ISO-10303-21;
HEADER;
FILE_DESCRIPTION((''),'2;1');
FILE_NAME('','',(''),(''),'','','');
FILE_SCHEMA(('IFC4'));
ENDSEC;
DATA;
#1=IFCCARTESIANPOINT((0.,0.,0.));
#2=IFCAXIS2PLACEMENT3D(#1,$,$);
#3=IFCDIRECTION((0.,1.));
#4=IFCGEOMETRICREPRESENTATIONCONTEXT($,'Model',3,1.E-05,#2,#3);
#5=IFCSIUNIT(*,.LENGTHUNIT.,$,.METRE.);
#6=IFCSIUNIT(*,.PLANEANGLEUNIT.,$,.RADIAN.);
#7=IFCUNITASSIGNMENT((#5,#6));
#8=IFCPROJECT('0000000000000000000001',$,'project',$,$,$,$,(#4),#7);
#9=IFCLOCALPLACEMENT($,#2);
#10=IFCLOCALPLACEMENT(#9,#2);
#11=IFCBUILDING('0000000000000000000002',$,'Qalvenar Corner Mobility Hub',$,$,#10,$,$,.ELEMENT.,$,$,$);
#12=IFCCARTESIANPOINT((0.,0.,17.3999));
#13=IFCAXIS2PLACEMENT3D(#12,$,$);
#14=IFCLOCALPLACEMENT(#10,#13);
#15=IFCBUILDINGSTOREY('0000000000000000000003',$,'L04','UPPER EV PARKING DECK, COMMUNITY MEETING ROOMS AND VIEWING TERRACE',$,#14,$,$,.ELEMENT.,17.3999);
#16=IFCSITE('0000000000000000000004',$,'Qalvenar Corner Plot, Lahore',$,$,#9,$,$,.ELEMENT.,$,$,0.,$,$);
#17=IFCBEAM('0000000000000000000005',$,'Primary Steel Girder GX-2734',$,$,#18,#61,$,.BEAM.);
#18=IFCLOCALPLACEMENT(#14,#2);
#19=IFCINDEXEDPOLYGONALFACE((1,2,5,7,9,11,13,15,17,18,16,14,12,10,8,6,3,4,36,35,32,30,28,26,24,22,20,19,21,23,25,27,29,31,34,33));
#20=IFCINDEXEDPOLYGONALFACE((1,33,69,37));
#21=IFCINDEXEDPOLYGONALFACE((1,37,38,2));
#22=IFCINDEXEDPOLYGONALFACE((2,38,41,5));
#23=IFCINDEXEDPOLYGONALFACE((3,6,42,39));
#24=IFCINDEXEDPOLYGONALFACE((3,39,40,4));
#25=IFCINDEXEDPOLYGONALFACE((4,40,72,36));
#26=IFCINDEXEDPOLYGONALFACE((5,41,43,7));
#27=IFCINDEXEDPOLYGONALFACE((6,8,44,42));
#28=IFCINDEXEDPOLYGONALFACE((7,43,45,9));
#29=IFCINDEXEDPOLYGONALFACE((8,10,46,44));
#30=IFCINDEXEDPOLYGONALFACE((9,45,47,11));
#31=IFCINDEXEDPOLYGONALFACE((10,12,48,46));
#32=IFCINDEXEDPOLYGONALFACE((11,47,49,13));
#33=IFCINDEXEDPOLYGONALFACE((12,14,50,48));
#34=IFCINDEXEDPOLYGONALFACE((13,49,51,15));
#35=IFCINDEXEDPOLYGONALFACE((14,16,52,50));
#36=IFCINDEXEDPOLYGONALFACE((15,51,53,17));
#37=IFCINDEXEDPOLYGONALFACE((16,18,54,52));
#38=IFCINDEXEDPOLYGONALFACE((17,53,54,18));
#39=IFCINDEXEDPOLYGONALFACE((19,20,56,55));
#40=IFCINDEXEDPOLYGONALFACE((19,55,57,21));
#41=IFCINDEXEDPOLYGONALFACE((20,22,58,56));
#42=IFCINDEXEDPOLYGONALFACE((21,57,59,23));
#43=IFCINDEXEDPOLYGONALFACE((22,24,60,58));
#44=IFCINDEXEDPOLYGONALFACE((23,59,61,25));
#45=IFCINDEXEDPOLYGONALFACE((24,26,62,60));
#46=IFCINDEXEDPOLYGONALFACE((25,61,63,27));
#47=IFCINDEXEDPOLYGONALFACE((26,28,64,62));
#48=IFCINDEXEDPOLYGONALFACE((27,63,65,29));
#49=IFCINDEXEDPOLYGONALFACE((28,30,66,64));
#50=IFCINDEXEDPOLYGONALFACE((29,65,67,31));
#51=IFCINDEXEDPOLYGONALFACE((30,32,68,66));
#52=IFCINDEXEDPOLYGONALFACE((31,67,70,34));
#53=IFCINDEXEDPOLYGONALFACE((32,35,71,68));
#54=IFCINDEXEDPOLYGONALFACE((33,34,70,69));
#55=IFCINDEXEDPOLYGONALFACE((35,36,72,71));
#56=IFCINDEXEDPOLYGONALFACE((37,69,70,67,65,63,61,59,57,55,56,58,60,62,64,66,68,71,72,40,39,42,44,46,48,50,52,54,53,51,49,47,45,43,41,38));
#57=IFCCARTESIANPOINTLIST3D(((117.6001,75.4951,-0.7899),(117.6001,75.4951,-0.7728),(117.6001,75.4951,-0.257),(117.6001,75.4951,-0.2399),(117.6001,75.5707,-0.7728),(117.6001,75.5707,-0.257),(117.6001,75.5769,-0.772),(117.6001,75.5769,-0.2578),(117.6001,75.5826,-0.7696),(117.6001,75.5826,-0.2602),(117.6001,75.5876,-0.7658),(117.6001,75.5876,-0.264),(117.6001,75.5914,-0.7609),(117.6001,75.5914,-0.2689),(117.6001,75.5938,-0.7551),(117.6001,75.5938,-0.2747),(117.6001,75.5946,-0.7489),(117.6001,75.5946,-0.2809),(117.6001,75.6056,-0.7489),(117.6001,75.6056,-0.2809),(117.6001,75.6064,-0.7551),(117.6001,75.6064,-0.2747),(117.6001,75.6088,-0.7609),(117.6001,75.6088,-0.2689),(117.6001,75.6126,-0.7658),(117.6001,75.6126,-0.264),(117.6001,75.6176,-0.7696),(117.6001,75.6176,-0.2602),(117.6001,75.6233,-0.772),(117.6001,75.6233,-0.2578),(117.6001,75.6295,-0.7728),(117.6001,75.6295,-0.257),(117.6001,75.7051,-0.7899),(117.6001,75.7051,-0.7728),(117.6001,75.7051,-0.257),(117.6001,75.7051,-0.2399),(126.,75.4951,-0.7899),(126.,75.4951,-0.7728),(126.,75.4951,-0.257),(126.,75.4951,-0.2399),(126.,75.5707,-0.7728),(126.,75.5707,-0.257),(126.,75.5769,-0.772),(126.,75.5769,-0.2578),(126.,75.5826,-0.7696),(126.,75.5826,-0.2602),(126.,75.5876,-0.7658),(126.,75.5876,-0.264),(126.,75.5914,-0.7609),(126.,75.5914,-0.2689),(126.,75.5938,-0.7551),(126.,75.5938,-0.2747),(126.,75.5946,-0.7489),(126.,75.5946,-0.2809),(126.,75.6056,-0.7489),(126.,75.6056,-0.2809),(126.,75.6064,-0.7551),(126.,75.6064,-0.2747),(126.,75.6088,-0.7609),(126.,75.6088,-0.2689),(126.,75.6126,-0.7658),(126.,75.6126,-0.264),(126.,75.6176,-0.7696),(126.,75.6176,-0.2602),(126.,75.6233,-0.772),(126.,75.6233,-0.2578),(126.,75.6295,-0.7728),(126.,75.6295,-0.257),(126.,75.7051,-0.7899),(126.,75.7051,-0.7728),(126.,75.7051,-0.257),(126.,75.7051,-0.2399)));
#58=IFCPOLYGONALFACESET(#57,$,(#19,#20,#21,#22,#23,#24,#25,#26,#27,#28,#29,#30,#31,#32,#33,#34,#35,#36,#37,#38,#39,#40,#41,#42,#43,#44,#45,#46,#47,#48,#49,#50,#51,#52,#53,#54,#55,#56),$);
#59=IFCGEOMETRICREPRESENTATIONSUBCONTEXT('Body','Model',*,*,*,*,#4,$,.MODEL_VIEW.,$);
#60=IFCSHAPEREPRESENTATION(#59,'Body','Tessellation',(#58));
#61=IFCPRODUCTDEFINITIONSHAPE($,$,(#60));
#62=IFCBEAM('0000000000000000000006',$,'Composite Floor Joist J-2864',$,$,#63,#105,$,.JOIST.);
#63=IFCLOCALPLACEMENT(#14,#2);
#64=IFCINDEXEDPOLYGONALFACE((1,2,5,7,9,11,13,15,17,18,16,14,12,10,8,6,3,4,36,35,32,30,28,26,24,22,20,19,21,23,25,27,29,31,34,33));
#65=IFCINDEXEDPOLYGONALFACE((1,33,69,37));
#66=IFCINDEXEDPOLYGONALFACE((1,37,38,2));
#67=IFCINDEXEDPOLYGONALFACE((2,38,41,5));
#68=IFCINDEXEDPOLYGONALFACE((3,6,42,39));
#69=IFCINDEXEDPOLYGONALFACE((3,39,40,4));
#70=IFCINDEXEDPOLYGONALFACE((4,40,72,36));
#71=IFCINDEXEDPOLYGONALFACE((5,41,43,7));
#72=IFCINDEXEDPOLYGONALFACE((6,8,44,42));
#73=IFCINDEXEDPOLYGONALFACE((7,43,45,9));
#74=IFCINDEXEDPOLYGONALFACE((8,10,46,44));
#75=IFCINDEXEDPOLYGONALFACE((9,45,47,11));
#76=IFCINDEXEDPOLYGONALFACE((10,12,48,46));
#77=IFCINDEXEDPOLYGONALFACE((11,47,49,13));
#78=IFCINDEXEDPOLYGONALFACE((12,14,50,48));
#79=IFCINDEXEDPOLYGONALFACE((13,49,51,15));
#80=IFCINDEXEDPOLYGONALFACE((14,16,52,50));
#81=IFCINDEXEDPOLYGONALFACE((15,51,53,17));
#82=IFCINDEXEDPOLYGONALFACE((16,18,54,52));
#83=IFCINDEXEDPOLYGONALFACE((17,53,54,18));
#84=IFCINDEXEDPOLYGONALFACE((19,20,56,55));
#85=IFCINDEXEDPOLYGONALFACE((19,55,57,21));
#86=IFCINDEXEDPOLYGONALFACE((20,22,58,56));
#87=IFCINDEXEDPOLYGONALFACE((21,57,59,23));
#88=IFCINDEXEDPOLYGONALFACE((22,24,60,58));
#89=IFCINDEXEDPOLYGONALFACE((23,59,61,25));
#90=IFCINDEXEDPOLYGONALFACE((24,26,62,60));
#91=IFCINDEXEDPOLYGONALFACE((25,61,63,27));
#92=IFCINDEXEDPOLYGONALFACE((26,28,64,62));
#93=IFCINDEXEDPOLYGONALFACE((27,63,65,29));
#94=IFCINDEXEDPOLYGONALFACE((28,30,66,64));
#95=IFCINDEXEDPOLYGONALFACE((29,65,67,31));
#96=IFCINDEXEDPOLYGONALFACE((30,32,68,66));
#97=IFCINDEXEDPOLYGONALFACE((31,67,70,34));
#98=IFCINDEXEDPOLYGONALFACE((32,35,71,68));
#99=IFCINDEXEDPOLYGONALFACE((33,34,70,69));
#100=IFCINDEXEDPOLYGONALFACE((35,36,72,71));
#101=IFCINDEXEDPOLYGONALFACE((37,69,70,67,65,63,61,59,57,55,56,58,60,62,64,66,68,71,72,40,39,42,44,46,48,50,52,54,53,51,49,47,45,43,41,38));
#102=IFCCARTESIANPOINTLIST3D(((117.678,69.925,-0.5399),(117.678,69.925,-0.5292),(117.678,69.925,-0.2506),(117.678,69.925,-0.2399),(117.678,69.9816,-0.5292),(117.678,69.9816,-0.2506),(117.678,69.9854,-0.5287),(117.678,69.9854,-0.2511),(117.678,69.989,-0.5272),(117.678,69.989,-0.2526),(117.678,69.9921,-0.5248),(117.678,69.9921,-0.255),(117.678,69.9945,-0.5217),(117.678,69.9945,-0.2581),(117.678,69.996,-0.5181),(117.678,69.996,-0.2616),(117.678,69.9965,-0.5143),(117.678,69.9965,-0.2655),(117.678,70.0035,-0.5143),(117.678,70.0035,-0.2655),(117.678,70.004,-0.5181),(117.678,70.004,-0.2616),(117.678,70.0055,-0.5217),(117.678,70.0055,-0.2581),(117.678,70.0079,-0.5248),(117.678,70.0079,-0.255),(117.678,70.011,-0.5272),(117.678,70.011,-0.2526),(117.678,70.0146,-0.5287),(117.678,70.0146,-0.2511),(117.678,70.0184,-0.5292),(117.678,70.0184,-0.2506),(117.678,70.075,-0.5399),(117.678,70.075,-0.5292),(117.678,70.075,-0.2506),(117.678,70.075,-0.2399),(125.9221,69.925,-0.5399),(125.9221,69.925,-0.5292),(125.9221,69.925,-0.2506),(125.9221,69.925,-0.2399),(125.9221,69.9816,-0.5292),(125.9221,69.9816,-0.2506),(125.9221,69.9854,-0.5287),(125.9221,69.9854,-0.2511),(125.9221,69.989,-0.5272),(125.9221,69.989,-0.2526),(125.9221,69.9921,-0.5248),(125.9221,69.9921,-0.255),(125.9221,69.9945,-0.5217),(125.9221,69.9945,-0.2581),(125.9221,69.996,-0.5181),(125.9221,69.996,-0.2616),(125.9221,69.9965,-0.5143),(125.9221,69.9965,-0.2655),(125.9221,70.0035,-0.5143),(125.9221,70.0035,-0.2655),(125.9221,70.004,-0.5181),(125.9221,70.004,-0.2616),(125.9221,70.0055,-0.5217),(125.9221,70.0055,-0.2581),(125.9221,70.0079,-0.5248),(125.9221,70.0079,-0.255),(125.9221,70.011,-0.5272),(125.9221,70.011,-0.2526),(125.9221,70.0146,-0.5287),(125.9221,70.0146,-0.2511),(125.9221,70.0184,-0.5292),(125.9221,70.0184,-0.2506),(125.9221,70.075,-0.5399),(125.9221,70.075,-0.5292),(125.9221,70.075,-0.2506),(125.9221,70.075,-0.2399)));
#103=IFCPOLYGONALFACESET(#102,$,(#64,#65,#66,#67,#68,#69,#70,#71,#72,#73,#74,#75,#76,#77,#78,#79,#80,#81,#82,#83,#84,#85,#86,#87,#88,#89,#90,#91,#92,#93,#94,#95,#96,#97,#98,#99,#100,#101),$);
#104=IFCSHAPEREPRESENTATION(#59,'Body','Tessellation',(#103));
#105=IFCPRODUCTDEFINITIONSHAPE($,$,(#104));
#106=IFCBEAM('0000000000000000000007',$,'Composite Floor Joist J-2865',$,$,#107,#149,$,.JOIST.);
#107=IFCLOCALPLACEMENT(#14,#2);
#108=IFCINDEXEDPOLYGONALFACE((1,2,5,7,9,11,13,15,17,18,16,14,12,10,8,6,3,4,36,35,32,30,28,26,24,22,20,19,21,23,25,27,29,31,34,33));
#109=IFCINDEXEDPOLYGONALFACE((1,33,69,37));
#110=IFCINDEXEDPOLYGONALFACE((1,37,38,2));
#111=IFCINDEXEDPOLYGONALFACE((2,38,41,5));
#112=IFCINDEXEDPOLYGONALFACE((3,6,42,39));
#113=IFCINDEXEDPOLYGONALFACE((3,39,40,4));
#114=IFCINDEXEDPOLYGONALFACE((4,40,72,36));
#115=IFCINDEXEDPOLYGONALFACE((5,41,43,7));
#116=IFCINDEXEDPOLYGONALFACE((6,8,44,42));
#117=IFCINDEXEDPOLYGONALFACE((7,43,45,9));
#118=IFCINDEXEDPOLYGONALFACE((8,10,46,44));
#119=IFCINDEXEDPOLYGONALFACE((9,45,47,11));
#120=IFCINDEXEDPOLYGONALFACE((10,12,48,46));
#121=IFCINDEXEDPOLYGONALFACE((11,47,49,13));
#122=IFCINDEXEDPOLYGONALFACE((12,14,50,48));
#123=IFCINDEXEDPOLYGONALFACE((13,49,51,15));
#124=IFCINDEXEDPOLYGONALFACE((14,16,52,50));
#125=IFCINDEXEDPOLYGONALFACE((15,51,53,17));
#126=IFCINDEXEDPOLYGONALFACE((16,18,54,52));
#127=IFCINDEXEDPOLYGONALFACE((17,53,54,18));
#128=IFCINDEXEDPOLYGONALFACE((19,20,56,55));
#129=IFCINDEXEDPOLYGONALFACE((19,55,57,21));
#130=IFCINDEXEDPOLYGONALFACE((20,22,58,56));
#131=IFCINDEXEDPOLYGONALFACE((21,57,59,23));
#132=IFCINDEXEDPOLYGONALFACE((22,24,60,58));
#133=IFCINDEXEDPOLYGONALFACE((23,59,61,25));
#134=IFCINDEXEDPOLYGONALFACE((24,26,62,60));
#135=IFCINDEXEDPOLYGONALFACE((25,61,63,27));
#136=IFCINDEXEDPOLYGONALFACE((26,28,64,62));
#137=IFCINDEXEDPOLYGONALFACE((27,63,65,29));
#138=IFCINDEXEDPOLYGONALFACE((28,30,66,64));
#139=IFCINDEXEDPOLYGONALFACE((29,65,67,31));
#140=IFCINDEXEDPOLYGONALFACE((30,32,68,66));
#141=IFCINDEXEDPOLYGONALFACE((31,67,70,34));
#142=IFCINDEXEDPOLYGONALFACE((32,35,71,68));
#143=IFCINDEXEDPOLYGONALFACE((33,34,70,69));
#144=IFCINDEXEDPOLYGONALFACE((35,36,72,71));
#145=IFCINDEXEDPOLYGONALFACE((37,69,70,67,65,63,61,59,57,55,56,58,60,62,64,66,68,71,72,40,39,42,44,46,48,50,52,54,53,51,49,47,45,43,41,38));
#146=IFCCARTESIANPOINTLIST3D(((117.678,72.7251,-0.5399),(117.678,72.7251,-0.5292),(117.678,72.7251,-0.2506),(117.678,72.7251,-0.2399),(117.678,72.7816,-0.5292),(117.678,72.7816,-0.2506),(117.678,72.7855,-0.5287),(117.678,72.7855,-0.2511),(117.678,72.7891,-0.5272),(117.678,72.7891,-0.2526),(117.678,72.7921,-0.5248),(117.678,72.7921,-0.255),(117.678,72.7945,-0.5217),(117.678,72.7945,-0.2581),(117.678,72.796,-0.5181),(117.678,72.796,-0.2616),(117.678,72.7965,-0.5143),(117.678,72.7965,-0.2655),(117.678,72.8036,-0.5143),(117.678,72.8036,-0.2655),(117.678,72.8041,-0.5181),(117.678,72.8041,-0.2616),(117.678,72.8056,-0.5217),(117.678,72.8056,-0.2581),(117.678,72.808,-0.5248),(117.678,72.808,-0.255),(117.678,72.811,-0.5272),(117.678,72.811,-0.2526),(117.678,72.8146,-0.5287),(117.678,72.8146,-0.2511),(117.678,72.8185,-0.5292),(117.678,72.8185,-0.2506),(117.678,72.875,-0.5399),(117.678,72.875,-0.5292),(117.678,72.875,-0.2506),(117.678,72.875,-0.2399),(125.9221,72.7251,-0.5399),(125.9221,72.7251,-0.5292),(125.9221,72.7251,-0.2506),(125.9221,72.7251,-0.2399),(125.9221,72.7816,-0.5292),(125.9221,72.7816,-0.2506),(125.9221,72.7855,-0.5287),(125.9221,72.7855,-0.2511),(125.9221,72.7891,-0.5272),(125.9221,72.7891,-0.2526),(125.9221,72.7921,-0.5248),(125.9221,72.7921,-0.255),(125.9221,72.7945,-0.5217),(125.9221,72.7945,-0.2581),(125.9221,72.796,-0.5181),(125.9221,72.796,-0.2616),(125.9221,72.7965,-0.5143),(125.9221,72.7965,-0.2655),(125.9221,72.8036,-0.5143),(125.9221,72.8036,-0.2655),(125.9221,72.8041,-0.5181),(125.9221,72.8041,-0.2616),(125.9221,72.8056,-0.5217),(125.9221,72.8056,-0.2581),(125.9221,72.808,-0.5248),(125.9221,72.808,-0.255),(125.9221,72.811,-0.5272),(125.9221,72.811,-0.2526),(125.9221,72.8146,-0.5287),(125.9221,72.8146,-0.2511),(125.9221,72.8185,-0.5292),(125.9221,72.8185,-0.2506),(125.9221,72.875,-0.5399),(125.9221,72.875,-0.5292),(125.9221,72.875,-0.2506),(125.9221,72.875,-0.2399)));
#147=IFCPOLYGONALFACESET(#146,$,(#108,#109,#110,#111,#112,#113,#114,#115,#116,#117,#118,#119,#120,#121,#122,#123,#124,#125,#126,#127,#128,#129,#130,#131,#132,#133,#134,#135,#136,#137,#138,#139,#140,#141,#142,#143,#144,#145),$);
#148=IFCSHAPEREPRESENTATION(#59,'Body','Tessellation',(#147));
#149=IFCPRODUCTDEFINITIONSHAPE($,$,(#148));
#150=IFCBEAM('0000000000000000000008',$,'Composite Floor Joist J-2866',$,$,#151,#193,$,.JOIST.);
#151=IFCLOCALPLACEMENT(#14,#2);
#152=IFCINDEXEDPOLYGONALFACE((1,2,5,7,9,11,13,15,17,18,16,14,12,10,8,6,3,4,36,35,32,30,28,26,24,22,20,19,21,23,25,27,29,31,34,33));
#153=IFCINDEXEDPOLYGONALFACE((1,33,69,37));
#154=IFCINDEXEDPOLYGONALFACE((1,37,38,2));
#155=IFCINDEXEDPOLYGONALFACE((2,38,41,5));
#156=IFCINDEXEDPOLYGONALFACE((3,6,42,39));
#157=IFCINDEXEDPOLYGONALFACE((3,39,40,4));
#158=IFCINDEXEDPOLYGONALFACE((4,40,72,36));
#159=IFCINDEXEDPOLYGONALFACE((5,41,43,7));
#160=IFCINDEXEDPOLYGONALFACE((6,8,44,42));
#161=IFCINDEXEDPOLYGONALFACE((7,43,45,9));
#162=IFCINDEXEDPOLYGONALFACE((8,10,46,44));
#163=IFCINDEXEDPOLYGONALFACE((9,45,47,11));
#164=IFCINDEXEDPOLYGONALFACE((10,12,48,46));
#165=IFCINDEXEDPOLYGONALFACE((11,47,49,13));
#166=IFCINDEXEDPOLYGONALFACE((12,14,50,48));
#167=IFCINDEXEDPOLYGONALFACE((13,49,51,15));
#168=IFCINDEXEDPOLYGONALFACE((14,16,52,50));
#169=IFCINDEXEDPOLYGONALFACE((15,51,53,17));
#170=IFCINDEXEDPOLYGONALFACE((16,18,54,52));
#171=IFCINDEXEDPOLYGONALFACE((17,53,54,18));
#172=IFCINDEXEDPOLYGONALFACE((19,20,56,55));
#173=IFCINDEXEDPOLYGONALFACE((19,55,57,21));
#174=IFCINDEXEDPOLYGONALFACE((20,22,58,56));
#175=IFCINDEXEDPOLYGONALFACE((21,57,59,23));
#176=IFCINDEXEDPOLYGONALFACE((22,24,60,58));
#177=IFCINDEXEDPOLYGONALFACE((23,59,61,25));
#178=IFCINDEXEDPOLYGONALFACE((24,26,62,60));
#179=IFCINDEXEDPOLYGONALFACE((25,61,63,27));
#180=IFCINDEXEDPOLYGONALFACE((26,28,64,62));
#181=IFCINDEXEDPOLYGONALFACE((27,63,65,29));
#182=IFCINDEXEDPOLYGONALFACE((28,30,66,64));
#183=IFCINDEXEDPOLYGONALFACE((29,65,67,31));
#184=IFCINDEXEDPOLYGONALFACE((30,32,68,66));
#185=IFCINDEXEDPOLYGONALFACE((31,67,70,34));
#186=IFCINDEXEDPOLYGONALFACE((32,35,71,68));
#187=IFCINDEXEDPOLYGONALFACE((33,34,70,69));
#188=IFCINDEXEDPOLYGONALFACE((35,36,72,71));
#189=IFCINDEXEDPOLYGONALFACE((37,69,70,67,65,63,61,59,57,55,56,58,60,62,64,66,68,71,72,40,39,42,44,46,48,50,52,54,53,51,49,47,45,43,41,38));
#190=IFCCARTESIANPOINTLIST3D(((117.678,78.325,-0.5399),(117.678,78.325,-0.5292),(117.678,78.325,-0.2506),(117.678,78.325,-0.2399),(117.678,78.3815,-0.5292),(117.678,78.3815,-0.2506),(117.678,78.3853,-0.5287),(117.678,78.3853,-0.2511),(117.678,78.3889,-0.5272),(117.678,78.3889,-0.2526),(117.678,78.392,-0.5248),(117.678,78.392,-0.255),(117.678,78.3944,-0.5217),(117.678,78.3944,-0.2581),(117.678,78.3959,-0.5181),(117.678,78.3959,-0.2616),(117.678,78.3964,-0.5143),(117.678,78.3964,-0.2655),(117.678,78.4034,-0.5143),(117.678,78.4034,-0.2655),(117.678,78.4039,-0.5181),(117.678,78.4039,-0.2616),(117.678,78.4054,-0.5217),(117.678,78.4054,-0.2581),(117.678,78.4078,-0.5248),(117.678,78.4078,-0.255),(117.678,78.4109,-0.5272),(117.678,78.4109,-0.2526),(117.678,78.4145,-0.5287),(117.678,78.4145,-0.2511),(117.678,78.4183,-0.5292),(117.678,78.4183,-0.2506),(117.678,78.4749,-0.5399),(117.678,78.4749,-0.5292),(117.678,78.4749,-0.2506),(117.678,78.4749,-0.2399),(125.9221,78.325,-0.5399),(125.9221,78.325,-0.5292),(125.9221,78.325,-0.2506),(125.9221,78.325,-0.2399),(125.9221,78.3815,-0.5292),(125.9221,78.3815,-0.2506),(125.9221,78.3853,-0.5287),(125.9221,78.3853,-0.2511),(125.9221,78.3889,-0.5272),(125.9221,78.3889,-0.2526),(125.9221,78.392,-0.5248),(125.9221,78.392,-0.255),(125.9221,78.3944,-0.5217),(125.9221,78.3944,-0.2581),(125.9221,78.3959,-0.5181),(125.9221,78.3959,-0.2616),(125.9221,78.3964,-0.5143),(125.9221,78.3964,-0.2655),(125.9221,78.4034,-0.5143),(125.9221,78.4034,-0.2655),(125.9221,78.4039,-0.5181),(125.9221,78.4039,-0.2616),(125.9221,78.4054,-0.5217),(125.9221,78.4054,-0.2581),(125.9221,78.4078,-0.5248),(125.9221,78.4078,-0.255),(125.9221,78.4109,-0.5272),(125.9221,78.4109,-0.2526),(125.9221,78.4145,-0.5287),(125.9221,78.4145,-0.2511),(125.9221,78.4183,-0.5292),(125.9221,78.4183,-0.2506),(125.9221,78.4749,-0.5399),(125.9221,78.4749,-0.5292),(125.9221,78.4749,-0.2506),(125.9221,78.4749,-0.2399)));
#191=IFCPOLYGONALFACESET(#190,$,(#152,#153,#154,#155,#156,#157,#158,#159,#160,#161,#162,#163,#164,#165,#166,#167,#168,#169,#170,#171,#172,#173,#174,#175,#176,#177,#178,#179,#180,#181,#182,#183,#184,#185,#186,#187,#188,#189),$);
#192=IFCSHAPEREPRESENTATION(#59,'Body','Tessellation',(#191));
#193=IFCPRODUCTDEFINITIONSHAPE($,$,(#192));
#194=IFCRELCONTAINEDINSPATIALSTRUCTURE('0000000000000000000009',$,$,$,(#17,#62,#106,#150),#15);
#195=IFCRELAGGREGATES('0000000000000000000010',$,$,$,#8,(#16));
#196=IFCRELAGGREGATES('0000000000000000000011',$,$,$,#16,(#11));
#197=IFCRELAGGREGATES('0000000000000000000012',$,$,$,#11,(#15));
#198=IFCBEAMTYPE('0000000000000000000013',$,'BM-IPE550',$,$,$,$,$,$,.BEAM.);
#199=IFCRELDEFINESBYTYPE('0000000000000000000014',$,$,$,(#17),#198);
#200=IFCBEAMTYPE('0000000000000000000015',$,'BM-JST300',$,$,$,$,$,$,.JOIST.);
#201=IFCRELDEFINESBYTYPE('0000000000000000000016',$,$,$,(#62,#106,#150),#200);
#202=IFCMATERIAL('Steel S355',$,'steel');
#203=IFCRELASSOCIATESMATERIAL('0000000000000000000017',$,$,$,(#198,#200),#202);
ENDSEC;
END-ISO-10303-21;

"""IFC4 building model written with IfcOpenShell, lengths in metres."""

from ifc_helpers import new_model, si_unit, direction, frame, origin, origin_2d, place, context, subcontext, project, spatial, i_section, extrude, material, material_profile, profile_set, type_object, element, save


model = new_model("IFC4")

# Units and contexts
model_context = context("Model", 3, precision=1e-05, world=origin(), true_north=direction((0.0, 1.0)))
body_context = subcontext(model_context, "Body", "Model", "MODEL_VIEW")
ifc_project = project(units=[si_unit("LENGTHUNIT", "METRE"), si_unit("PLANEANGLEUNIT", "RADIAN")], contexts=[model_context])

# Site, building, storey
site_placement = place(None, origin())
site = spatial("IfcSite", under=ifc_project, at=site_placement, Name="Qalvenar Corner Plot, Lahore", CompositionType="ELEMENT", RefElevation=0.0)
building_placement = place(site_placement, origin())
building = spatial("IfcBuilding", under=site, at=building_placement, Name="Qalvenar Corner Mobility Hub", CompositionType="ELEMENT")
storey_placement = place(building_placement, frame((0.0, 0.0, 17.3999)))
storey = spatial("IfcBuildingStorey", under=building, at=storey_placement, Name="L04", Description="UPPER EV PARKING DECK, COMMUNITY MEETING ROOMS AND VIEWING TERRACE", CompositionType="ELEMENT", Elevation=17.3999)

# Shared definitions
ifc_material = material(Name="Steel S355", Category="steel")

# Beams
ifc_material_profile_1 = material_profile(ifc_material, i_section(OverallWidth=0.21, OverallDepth=0.55, WebThickness=0.011, FlangeThickness=0.0171, FilletRadius=0.0239, at=origin_2d()), Name="IPE550")
ifc_profile_set_1 = profile_set([ifc_material_profile_1], Name="Steel S355")
beam_type_1 = type_object("IfcBeamType", Name="BM-IPE550", PredefinedType="BEAM", material=ifc_profile_set_1)
beam_1_placement = place(storey_placement, frame((117.6001, 75.6001, -0.5149), z_axis=(1.0, 0.0, 0.0), x_axis=(0.0, 1.0, 0.0)))
element("IfcBeam", 1, at=beam_1_placement, inside=storey, type_object=beam_type_1, Name="Primary Steel Girder GX-2734", PredefinedType="BEAM", context=body_context, shape_type="SweptSolid", body=[
    extrude(i_section(OverallWidth=0.21, OverallDepth=0.55, WebThickness=0.011, FlangeThickness=0.0171, FilletRadius=0.0239, at=origin_2d()), origin(), (0.0, 0.0, 1.0), 8.3999),
])
ifc_material_profile_2 = material_profile(ifc_material, i_section(OverallWidth=0.1499, OverallDepth=0.3, WebThickness=0.0071, FlangeThickness=0.0107, FilletRadius=0.0149, at=origin_2d()), Name="IPE300")
ifc_profile_set_2 = profile_set([ifc_material_profile_2], Name="Steel S355")
beam_type_2 = type_object("IfcBeamType", Name="BM-JST300", PredefinedType="JOIST", material=ifc_profile_set_2)
for number, where, z_axis, x_axis, name in (
    (2, (117.678, 70.0, -0.3899), (1.0, 0.0, 0.0), (0.0, 1.0, 0.0), "Composite Floor Joist J-2864"),
    (3, (117.678, 72.8, -0.3899), (1.0, 0.0, 0.0), (0.0, 1.0, 0.0), "Composite Floor Joist J-2865"),
    (4, (117.678, 78.3999, -0.3899), (1.0, 0.0, 0.0), (0.0, 1.0, 0.0), "Composite Floor Joist J-2866"),
):
    element("IfcBeam", number, at=place(storey_placement, frame(where, z_axis=z_axis, x_axis=x_axis)), inside=storey, type_object=beam_type_2, Name=name, PredefinedType="JOIST", context=body_context, shape_type="SweptSolid", body=[
        extrude(i_section(OverallWidth=0.1499, OverallDepth=0.3, WebThickness=0.0071, FlangeThickness=0.0107, FilletRadius=0.0149, at=origin_2d()), origin(), (0.0, 0.0, 1.0), 8.2441),
    ])

save(model, "model.ifc")
